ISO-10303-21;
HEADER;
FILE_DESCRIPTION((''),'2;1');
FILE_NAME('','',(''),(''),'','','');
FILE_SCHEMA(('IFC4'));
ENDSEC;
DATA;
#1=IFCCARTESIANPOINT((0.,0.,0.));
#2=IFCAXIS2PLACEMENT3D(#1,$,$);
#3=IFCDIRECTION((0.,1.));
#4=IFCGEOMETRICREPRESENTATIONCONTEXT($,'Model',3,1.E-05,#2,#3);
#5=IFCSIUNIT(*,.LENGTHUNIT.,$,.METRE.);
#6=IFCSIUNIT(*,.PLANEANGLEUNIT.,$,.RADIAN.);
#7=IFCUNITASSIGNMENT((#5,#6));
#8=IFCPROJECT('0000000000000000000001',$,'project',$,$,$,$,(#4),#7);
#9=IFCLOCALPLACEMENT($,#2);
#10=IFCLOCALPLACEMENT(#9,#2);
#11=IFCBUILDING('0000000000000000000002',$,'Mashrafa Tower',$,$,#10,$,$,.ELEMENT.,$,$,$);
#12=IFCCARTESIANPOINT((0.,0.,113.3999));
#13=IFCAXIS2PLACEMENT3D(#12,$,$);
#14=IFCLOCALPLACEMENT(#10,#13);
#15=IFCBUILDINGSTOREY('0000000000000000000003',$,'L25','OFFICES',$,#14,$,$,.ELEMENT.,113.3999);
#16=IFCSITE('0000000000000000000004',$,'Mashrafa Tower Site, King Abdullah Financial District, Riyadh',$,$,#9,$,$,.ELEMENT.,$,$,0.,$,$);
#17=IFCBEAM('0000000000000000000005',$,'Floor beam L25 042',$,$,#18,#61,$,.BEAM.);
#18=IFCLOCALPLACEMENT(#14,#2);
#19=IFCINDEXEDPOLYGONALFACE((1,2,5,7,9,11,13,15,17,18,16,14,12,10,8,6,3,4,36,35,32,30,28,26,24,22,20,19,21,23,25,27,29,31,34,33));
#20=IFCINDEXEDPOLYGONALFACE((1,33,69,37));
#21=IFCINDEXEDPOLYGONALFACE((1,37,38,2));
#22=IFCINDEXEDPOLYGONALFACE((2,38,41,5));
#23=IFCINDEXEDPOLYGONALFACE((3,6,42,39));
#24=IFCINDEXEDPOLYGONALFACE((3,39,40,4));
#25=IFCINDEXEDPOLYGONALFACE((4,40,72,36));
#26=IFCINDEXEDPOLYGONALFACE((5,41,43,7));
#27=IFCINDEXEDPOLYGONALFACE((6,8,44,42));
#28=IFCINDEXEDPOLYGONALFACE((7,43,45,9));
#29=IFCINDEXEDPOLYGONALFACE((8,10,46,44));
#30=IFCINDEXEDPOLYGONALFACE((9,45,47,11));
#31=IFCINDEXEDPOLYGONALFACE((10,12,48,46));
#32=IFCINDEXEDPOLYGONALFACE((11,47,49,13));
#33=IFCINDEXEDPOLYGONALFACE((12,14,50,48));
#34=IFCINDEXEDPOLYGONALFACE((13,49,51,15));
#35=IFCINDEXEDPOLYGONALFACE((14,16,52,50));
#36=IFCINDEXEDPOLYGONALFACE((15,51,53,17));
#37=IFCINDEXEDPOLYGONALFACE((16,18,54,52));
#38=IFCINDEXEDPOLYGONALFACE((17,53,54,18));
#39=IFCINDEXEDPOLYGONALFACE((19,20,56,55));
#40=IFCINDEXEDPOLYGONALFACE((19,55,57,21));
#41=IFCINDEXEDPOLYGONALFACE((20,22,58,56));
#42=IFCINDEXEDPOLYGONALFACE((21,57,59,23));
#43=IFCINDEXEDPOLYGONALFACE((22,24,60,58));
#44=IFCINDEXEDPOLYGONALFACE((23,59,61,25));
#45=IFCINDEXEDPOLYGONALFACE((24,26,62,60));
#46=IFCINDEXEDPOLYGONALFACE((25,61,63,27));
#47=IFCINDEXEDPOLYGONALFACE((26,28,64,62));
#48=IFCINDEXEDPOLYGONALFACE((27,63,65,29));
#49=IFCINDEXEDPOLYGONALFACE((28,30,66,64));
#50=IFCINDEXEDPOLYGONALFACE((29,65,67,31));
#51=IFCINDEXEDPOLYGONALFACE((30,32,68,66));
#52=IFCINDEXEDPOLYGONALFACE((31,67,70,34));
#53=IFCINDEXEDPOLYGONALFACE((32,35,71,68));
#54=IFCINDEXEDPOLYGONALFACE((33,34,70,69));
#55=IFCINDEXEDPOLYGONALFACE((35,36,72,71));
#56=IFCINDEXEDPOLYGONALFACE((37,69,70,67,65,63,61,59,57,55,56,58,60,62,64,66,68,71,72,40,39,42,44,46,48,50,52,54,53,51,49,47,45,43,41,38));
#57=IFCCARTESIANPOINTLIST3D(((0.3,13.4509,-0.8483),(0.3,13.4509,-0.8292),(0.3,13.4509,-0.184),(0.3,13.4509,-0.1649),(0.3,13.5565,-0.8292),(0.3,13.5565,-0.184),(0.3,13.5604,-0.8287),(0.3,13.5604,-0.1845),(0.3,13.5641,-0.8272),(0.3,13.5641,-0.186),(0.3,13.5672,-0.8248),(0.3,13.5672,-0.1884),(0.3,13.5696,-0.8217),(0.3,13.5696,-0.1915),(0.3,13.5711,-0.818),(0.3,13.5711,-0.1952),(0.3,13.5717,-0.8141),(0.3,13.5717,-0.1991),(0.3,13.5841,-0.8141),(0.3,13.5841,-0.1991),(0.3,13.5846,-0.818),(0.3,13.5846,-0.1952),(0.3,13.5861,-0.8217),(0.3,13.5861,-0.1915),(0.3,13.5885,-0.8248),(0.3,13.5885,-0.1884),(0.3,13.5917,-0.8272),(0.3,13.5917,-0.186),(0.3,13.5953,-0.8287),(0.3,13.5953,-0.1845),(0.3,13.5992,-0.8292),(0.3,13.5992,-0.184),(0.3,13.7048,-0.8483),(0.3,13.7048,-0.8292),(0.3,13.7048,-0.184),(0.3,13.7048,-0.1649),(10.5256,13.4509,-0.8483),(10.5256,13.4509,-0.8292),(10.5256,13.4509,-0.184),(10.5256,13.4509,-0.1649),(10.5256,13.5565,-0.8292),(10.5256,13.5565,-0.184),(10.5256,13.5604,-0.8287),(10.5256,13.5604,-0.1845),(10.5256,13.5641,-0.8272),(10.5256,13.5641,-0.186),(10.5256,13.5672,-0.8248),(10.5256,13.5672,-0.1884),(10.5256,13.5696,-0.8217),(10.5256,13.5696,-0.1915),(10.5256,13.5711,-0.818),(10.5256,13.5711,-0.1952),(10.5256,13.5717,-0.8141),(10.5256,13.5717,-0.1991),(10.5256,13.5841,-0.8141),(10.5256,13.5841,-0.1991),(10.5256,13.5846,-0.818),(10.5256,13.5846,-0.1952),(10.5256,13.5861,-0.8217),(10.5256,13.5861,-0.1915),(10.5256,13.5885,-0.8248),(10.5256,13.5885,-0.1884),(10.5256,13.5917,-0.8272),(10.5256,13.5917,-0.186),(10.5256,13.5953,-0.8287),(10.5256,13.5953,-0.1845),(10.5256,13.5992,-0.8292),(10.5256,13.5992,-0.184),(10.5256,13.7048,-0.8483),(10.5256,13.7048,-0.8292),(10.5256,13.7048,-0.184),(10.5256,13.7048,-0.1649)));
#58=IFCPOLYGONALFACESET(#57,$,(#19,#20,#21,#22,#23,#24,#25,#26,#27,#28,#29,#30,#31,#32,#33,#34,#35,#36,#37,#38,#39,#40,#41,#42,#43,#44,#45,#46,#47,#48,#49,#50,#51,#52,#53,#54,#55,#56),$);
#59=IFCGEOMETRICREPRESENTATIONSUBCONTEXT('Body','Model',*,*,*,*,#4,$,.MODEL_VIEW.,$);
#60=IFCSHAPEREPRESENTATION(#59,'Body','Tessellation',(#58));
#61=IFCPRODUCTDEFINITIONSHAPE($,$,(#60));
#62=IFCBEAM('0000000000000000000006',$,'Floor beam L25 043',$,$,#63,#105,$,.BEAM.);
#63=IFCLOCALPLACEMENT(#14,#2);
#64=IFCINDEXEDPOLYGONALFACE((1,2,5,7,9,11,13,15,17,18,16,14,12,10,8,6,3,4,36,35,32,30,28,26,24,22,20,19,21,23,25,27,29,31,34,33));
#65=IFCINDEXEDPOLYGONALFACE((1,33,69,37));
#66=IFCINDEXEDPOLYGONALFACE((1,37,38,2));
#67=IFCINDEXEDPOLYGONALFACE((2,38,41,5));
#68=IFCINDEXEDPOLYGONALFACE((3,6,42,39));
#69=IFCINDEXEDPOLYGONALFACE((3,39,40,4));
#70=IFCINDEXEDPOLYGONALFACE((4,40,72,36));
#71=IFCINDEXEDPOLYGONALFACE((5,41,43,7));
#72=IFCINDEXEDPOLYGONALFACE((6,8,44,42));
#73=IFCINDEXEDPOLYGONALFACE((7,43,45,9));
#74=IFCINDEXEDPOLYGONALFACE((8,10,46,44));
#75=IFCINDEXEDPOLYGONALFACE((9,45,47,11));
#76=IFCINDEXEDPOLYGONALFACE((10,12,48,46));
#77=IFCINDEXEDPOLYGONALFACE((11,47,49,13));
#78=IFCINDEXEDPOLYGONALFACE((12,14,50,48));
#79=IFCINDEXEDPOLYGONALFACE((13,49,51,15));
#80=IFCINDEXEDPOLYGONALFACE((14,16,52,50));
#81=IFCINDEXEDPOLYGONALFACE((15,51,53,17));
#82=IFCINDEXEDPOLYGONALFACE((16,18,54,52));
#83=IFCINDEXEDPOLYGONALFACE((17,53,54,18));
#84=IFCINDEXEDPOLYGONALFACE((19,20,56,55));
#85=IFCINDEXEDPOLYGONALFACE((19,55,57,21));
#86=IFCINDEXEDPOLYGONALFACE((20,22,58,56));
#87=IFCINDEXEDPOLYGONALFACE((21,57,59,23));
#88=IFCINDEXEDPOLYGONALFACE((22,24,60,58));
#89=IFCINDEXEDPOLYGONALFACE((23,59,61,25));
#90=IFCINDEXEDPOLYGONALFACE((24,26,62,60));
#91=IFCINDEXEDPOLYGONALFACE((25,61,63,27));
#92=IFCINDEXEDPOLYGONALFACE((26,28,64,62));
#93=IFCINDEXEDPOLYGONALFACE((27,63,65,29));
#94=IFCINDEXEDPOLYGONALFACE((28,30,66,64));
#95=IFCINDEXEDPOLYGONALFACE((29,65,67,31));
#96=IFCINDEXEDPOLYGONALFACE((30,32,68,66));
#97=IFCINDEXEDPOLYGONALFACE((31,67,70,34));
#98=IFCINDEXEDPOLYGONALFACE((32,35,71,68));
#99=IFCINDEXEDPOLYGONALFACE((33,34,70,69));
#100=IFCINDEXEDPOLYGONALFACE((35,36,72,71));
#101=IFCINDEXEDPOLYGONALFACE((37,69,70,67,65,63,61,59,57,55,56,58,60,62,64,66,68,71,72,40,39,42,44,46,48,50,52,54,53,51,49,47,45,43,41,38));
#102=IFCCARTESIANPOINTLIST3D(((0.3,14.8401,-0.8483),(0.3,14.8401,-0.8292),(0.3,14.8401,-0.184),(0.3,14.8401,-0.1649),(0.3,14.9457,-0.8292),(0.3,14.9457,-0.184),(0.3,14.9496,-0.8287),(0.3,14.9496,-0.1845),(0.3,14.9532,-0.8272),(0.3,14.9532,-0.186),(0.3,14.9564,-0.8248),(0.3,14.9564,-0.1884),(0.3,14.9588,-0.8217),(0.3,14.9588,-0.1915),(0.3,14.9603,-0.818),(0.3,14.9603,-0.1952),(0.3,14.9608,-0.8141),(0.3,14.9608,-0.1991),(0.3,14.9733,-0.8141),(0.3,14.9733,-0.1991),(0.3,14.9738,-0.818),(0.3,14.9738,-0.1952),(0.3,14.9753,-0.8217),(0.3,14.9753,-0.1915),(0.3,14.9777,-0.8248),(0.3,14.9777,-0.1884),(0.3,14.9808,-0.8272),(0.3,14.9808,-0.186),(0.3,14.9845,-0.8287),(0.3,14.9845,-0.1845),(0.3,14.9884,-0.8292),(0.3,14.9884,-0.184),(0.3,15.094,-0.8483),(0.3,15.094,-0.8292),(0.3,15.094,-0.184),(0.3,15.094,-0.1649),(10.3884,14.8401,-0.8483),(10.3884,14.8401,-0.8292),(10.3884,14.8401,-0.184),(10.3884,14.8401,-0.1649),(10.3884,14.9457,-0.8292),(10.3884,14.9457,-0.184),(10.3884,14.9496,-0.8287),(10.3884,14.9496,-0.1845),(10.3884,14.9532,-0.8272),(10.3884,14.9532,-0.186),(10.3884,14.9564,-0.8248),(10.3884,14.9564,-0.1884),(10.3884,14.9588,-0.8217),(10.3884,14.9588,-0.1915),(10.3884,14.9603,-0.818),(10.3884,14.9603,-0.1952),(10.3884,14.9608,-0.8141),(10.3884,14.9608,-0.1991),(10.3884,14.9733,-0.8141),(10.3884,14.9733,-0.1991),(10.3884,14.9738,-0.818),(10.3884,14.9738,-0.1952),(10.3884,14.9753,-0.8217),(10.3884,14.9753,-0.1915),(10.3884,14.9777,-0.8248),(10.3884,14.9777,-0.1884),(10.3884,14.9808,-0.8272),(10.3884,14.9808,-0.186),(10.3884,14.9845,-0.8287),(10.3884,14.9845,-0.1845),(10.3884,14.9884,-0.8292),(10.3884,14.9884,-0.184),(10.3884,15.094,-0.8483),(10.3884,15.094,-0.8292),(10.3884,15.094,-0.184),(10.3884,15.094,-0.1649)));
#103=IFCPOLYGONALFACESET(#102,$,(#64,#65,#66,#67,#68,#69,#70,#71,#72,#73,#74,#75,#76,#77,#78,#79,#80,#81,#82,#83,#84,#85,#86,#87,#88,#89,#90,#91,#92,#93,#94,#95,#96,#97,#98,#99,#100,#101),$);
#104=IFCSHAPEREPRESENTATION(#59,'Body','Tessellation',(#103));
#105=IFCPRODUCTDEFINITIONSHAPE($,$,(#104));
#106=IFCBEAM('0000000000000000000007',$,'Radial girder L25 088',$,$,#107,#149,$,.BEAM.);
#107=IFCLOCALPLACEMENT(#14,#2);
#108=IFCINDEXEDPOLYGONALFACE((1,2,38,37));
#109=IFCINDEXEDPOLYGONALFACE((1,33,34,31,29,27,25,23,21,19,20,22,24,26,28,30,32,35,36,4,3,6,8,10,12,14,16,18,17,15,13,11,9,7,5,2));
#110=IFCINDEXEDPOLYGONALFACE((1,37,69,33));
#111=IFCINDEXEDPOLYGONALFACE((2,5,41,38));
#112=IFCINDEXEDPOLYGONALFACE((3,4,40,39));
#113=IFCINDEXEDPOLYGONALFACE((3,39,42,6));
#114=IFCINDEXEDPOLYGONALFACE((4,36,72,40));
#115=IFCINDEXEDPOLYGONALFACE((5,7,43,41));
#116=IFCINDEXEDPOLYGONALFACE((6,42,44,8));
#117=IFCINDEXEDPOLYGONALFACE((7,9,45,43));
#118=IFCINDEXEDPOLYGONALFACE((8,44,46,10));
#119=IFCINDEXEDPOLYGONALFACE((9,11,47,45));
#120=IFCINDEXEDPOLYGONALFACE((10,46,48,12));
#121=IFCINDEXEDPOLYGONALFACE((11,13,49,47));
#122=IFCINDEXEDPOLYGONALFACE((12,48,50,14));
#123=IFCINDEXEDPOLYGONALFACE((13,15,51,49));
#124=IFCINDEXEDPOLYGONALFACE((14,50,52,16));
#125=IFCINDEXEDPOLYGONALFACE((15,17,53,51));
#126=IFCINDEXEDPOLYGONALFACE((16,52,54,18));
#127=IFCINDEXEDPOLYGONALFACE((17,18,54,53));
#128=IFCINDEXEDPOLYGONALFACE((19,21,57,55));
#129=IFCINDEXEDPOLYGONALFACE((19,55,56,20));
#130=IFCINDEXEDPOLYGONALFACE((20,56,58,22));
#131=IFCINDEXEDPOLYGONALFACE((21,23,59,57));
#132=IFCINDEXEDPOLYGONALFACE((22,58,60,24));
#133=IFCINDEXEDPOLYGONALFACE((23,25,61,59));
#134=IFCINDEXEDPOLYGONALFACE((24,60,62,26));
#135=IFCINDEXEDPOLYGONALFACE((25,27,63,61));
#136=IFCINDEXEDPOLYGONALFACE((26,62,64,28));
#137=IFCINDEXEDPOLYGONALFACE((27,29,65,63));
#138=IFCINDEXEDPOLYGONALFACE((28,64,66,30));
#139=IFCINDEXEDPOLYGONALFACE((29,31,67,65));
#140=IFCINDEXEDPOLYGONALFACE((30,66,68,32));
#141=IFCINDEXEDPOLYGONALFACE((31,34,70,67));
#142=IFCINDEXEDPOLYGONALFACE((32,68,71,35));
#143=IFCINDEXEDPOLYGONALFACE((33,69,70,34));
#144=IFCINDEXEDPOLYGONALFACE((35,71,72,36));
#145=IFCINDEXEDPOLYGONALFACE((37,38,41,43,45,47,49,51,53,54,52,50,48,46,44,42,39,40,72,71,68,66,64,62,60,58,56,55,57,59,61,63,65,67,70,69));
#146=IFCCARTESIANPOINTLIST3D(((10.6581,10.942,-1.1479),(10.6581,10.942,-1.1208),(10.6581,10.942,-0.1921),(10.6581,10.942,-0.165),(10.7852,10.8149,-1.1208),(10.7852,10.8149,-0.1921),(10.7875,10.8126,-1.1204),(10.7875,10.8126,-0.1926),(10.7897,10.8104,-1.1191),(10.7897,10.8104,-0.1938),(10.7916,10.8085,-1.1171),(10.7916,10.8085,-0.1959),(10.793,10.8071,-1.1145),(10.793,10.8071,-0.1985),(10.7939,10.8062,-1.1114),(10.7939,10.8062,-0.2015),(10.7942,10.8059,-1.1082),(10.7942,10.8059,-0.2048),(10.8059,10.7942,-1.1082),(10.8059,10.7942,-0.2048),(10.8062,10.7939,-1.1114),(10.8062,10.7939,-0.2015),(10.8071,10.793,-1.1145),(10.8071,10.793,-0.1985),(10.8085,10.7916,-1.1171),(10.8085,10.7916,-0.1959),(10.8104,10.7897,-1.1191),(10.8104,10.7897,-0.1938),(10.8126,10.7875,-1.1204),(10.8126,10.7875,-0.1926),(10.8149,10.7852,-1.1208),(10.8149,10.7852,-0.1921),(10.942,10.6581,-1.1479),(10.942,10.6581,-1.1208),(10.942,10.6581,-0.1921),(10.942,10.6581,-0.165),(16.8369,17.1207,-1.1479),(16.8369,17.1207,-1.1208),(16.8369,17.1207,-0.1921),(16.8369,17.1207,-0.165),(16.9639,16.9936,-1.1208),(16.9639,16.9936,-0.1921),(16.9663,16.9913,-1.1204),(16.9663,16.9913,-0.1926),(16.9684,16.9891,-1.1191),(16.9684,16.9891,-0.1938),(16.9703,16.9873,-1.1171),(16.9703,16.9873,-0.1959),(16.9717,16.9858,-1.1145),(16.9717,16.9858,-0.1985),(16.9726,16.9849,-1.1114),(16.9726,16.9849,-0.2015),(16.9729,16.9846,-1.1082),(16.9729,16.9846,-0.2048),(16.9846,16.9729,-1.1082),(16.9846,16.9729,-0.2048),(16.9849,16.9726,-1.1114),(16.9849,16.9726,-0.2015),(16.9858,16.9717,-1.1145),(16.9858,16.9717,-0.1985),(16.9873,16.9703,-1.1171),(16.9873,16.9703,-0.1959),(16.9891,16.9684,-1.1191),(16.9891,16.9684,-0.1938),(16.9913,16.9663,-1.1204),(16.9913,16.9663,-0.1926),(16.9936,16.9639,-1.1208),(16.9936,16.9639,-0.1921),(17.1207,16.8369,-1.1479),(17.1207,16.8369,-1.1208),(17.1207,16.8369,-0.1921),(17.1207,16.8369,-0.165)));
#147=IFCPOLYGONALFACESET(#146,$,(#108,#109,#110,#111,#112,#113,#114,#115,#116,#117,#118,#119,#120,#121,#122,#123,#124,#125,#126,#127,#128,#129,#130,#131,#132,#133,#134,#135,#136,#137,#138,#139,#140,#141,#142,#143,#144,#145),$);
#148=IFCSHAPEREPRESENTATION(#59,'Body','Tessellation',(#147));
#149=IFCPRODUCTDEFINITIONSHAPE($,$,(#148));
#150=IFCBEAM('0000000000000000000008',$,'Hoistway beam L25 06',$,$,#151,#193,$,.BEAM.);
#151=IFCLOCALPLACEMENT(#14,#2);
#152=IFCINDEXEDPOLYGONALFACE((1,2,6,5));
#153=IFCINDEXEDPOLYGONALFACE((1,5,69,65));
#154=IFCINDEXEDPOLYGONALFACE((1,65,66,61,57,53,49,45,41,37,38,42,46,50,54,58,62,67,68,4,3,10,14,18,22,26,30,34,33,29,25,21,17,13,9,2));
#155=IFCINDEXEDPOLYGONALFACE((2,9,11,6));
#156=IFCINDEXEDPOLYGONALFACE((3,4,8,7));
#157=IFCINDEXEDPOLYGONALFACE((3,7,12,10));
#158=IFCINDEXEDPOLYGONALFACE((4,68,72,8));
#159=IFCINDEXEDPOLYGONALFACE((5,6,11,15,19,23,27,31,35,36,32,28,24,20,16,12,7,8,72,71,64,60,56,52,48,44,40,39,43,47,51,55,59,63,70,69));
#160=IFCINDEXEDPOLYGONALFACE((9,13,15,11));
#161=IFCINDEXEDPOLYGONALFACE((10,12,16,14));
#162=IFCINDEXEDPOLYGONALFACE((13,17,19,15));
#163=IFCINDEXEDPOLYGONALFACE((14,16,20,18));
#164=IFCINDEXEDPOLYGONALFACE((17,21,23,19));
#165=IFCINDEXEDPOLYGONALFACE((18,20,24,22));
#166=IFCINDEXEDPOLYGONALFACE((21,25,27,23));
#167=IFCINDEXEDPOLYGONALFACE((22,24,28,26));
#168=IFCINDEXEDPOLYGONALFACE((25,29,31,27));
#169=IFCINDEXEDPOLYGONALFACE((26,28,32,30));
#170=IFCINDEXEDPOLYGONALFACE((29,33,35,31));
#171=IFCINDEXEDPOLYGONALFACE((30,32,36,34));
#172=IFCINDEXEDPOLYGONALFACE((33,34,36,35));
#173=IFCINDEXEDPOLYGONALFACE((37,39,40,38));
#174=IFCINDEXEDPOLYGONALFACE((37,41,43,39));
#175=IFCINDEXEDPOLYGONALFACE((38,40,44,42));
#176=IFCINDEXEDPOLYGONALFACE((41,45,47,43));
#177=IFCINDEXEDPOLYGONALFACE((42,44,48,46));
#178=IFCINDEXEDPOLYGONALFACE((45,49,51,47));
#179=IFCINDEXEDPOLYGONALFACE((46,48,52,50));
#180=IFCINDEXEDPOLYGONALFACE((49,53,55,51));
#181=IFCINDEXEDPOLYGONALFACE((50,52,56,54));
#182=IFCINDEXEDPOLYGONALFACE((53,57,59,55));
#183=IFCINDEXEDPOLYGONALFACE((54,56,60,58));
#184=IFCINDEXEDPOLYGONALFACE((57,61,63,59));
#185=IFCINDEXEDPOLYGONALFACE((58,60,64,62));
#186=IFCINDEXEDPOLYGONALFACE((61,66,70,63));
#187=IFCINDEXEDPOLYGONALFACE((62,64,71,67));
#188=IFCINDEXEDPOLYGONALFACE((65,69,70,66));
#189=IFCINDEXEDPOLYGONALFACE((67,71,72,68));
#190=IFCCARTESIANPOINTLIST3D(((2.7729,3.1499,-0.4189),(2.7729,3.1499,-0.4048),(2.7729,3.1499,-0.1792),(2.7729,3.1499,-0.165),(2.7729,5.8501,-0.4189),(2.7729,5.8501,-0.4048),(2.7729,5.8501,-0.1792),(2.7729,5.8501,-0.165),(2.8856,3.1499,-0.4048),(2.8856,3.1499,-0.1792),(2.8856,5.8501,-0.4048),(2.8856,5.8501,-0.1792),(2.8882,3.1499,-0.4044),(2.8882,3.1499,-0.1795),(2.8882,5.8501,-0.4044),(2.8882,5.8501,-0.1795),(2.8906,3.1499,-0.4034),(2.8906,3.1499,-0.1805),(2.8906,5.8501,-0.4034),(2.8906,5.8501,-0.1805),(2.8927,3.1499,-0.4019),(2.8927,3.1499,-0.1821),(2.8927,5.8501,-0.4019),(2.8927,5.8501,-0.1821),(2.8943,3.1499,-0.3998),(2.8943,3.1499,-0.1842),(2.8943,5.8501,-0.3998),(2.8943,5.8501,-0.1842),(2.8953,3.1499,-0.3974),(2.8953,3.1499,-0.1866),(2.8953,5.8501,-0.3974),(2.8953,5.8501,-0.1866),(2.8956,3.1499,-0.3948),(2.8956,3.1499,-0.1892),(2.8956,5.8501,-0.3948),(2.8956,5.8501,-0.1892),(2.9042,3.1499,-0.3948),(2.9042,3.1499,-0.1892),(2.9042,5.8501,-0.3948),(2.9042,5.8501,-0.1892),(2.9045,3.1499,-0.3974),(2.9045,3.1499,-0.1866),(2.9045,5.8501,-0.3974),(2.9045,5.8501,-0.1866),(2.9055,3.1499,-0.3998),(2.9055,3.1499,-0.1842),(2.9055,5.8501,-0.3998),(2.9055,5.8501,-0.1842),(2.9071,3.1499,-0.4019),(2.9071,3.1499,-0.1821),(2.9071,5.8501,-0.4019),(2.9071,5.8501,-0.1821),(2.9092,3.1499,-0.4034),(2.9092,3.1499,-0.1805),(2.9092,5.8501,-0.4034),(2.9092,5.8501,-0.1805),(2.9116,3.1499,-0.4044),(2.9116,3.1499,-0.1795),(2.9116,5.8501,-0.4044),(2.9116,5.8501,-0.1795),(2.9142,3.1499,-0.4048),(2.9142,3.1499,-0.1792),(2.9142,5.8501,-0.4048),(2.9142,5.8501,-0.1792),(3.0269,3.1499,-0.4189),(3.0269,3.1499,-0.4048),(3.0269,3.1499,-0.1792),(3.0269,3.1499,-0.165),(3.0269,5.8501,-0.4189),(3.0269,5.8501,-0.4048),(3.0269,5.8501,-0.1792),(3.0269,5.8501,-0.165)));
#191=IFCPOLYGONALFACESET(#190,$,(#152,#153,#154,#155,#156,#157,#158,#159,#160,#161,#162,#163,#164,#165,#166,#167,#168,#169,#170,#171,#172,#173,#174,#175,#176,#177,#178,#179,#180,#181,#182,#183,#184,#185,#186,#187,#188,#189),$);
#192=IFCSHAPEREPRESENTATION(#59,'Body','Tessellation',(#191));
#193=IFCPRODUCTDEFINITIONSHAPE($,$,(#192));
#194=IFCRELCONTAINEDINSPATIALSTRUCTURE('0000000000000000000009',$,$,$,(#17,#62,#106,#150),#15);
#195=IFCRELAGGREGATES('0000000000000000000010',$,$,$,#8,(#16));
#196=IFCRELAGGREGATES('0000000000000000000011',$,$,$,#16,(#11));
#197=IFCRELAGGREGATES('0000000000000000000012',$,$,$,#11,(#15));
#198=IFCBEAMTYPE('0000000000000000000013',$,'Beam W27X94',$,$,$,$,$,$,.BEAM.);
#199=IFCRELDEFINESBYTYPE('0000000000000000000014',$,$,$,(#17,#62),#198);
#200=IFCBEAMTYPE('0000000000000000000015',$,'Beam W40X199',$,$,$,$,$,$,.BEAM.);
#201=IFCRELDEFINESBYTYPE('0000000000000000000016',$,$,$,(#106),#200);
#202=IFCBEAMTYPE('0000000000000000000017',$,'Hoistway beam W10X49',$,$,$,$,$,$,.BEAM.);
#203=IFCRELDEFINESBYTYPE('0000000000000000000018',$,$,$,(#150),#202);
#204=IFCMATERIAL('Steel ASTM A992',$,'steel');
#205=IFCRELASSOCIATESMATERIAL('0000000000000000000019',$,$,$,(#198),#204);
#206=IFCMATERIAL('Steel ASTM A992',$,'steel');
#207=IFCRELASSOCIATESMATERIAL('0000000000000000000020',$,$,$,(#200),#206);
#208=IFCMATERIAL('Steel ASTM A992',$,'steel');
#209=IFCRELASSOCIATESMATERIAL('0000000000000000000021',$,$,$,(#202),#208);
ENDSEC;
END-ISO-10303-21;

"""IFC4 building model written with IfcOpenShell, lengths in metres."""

from ifc_helpers import new_model, si_unit, direction, frame, origin, origin_2d, place, context, subcontext, project, spatial, i_section, extrude, material, material_profile, profile_set, type_object, element, save


model = new_model("IFC4")

# Units and contexts
model_context = context("Model", 3, precision=1e-05, world=origin(), true_north=direction((0.0, 1.0)))
body_context = subcontext(model_context, "Body", "Model", "MODEL_VIEW")
ifc_project = project(units=[si_unit("LENGTHUNIT", "METRE"), si_unit("PLANEANGLEUNIT", "RADIAN")], contexts=[model_context])

# Site, building, storey
site_placement = place(None, origin())
site = spatial("IfcSite", under=ifc_project, at=site_placement, Name="Mashrafa Tower Site, King Abdullah Financial District, Riyadh", CompositionType="ELEMENT", RefElevation=0.0)
building_placement = place(site_placement, origin())
building = spatial("IfcBuilding", under=site, at=building_placement, Name="Mashrafa Tower", CompositionType="ELEMENT")
storey_placement = place(building_placement, frame((0.0, 0.0, 113.3999)))
storey = spatial("IfcBuildingStorey", under=building, at=storey_placement, Name="L25", Description="OFFICES", CompositionType="ELEMENT", Elevation=113.3999)

# Beams
ifc_material_1 = material(Name="Steel ASTM A992", Category="steel")
ifc_material_profile_1 = material_profile(ifc_material_1, i_section(OverallWidth=0.2539, OverallDepth=0.6833, WebThickness=0.0125, FlangeThickness=0.019, FilletRadius=0.0151, at=origin_2d()), Name="W27X94")
ifc_profile_set_1 = profile_set([ifc_material_profile_1], Name="Steel ASTM A992")
beam_type_1 = type_object("IfcBeamType", Name="Beam W27X94", PredefinedType="BEAM", material=ifc_profile_set_1)
beam_1_placement = place(storey_placement, frame((0.3, 13.5779, -0.5066), z_axis=(1.0, 0.0, 0.0), x_axis=(0.0, 1.0, 0.0)))
element("IfcBeam", 1, at=beam_1_placement, inside=storey, type_object=beam_type_1, Name="Floor beam L25 042", PredefinedType="BEAM", context=body_context, shape_type="SweptSolid", body=[
    extrude(i_section(OverallWidth=0.2539, OverallDepth=0.6833, WebThickness=0.0125, FlangeThickness=0.019, FilletRadius=0.0151, at=origin_2d()), origin(), (0.0, 0.0, 1.0), 10.2256),
])
beam_2_placement = place(storey_placement, frame((0.3, 14.967, -0.5066), z_axis=(1.0, 0.0, 0.0), x_axis=(0.0, 1.0, 0.0)))
element("IfcBeam", 2, at=beam_2_placement, inside=storey, type_object=beam_type_1, Name="Floor beam L25 043", PredefinedType="BEAM", context=body_context, shape_type="SweptSolid", body=[
    extrude(i_section(OverallWidth=0.2539, OverallDepth=0.6833, WebThickness=0.0125, FlangeThickness=0.019, FilletRadius=0.0151, at=origin_2d()), origin(), (0.0, 0.0, 1.0), 10.0884),
])
ifc_material_2 = material(Name="Steel ASTM A992", Category="steel")
ifc_material_profile_2 = material_profile(ifc_material_2, i_section(OverallWidth=0.4014, OverallDepth=0.9829, WebThickness=0.0166, FlangeThickness=0.0271, FilletRadius=0.0127, at=origin_2d()), Name="W40X199")
ifc_profile_set_2 = profile_set([ifc_material_profile_2], Name="Steel ASTM A992")
beam_type_2 = type_object("IfcBeamType", Name="Beam W40X199", PredefinedType="BEAM", material=ifc_profile_set_2)
beam_3_placement = place(storey_placement, frame((10.8, 10.8, -0.6565), z_axis=(0.707107, 0.707107, 0.0), x_axis=(-0.707107, 0.707107, 0.0)))
element("IfcBeam", 3, at=beam_3_placement, inside=storey, type_object=beam_type_2, Name="Radial girder L25 088", PredefinedType="BEAM", context=body_context, shape_type="SweptSolid", body=[
    extrude(i_section(OverallWidth=0.4014, OverallDepth=0.9829, WebThickness=0.0166, FlangeThickness=0.0271, FilletRadius=0.0127, at=origin_2d()), origin(), (0.0, 0.0, 1.0), 8.738),
])
ifc_material_3 = material(Name="Steel ASTM A992", Category="steel")
ifc_material_profile_3 = material_profile(ifc_material_3, i_section(OverallWidth=0.2539, OverallDepth=0.2539, WebThickness=0.0085, FlangeThickness=0.0142, FilletRadius=0.01, at=origin_2d()), Name="W10X49")
ifc_profile_set_3 = profile_set([ifc_material_profile_3], Name="Steel ASTM A992")
beam_type_3 = type_object("IfcBeamType", Name="Hoistway beam W10X49", PredefinedType="BEAM", material=ifc_profile_set_3)
beam_4_placement = place(storey_placement, frame((2.8999, 3.1499, -0.292), z_axis=(0.0, 1.0, 0.0), x_axis=(-1.0, 0.0, 0.0)))
element("IfcBeam", 4, at=beam_4_placement, inside=storey, type_object=beam_type_3, Name="Hoistway beam L25 06", PredefinedType="BEAM", context=body_context, shape_type="SweptSolid", body=[
    extrude(i_section(OverallWidth=0.2539, OverallDepth=0.2539, WebThickness=0.0085, FlangeThickness=0.0142, FilletRadius=0.01, at=origin_2d()), origin(), (0.0, 0.0, 1.0), 2.7002),
])

save(model, "model.ifc")
